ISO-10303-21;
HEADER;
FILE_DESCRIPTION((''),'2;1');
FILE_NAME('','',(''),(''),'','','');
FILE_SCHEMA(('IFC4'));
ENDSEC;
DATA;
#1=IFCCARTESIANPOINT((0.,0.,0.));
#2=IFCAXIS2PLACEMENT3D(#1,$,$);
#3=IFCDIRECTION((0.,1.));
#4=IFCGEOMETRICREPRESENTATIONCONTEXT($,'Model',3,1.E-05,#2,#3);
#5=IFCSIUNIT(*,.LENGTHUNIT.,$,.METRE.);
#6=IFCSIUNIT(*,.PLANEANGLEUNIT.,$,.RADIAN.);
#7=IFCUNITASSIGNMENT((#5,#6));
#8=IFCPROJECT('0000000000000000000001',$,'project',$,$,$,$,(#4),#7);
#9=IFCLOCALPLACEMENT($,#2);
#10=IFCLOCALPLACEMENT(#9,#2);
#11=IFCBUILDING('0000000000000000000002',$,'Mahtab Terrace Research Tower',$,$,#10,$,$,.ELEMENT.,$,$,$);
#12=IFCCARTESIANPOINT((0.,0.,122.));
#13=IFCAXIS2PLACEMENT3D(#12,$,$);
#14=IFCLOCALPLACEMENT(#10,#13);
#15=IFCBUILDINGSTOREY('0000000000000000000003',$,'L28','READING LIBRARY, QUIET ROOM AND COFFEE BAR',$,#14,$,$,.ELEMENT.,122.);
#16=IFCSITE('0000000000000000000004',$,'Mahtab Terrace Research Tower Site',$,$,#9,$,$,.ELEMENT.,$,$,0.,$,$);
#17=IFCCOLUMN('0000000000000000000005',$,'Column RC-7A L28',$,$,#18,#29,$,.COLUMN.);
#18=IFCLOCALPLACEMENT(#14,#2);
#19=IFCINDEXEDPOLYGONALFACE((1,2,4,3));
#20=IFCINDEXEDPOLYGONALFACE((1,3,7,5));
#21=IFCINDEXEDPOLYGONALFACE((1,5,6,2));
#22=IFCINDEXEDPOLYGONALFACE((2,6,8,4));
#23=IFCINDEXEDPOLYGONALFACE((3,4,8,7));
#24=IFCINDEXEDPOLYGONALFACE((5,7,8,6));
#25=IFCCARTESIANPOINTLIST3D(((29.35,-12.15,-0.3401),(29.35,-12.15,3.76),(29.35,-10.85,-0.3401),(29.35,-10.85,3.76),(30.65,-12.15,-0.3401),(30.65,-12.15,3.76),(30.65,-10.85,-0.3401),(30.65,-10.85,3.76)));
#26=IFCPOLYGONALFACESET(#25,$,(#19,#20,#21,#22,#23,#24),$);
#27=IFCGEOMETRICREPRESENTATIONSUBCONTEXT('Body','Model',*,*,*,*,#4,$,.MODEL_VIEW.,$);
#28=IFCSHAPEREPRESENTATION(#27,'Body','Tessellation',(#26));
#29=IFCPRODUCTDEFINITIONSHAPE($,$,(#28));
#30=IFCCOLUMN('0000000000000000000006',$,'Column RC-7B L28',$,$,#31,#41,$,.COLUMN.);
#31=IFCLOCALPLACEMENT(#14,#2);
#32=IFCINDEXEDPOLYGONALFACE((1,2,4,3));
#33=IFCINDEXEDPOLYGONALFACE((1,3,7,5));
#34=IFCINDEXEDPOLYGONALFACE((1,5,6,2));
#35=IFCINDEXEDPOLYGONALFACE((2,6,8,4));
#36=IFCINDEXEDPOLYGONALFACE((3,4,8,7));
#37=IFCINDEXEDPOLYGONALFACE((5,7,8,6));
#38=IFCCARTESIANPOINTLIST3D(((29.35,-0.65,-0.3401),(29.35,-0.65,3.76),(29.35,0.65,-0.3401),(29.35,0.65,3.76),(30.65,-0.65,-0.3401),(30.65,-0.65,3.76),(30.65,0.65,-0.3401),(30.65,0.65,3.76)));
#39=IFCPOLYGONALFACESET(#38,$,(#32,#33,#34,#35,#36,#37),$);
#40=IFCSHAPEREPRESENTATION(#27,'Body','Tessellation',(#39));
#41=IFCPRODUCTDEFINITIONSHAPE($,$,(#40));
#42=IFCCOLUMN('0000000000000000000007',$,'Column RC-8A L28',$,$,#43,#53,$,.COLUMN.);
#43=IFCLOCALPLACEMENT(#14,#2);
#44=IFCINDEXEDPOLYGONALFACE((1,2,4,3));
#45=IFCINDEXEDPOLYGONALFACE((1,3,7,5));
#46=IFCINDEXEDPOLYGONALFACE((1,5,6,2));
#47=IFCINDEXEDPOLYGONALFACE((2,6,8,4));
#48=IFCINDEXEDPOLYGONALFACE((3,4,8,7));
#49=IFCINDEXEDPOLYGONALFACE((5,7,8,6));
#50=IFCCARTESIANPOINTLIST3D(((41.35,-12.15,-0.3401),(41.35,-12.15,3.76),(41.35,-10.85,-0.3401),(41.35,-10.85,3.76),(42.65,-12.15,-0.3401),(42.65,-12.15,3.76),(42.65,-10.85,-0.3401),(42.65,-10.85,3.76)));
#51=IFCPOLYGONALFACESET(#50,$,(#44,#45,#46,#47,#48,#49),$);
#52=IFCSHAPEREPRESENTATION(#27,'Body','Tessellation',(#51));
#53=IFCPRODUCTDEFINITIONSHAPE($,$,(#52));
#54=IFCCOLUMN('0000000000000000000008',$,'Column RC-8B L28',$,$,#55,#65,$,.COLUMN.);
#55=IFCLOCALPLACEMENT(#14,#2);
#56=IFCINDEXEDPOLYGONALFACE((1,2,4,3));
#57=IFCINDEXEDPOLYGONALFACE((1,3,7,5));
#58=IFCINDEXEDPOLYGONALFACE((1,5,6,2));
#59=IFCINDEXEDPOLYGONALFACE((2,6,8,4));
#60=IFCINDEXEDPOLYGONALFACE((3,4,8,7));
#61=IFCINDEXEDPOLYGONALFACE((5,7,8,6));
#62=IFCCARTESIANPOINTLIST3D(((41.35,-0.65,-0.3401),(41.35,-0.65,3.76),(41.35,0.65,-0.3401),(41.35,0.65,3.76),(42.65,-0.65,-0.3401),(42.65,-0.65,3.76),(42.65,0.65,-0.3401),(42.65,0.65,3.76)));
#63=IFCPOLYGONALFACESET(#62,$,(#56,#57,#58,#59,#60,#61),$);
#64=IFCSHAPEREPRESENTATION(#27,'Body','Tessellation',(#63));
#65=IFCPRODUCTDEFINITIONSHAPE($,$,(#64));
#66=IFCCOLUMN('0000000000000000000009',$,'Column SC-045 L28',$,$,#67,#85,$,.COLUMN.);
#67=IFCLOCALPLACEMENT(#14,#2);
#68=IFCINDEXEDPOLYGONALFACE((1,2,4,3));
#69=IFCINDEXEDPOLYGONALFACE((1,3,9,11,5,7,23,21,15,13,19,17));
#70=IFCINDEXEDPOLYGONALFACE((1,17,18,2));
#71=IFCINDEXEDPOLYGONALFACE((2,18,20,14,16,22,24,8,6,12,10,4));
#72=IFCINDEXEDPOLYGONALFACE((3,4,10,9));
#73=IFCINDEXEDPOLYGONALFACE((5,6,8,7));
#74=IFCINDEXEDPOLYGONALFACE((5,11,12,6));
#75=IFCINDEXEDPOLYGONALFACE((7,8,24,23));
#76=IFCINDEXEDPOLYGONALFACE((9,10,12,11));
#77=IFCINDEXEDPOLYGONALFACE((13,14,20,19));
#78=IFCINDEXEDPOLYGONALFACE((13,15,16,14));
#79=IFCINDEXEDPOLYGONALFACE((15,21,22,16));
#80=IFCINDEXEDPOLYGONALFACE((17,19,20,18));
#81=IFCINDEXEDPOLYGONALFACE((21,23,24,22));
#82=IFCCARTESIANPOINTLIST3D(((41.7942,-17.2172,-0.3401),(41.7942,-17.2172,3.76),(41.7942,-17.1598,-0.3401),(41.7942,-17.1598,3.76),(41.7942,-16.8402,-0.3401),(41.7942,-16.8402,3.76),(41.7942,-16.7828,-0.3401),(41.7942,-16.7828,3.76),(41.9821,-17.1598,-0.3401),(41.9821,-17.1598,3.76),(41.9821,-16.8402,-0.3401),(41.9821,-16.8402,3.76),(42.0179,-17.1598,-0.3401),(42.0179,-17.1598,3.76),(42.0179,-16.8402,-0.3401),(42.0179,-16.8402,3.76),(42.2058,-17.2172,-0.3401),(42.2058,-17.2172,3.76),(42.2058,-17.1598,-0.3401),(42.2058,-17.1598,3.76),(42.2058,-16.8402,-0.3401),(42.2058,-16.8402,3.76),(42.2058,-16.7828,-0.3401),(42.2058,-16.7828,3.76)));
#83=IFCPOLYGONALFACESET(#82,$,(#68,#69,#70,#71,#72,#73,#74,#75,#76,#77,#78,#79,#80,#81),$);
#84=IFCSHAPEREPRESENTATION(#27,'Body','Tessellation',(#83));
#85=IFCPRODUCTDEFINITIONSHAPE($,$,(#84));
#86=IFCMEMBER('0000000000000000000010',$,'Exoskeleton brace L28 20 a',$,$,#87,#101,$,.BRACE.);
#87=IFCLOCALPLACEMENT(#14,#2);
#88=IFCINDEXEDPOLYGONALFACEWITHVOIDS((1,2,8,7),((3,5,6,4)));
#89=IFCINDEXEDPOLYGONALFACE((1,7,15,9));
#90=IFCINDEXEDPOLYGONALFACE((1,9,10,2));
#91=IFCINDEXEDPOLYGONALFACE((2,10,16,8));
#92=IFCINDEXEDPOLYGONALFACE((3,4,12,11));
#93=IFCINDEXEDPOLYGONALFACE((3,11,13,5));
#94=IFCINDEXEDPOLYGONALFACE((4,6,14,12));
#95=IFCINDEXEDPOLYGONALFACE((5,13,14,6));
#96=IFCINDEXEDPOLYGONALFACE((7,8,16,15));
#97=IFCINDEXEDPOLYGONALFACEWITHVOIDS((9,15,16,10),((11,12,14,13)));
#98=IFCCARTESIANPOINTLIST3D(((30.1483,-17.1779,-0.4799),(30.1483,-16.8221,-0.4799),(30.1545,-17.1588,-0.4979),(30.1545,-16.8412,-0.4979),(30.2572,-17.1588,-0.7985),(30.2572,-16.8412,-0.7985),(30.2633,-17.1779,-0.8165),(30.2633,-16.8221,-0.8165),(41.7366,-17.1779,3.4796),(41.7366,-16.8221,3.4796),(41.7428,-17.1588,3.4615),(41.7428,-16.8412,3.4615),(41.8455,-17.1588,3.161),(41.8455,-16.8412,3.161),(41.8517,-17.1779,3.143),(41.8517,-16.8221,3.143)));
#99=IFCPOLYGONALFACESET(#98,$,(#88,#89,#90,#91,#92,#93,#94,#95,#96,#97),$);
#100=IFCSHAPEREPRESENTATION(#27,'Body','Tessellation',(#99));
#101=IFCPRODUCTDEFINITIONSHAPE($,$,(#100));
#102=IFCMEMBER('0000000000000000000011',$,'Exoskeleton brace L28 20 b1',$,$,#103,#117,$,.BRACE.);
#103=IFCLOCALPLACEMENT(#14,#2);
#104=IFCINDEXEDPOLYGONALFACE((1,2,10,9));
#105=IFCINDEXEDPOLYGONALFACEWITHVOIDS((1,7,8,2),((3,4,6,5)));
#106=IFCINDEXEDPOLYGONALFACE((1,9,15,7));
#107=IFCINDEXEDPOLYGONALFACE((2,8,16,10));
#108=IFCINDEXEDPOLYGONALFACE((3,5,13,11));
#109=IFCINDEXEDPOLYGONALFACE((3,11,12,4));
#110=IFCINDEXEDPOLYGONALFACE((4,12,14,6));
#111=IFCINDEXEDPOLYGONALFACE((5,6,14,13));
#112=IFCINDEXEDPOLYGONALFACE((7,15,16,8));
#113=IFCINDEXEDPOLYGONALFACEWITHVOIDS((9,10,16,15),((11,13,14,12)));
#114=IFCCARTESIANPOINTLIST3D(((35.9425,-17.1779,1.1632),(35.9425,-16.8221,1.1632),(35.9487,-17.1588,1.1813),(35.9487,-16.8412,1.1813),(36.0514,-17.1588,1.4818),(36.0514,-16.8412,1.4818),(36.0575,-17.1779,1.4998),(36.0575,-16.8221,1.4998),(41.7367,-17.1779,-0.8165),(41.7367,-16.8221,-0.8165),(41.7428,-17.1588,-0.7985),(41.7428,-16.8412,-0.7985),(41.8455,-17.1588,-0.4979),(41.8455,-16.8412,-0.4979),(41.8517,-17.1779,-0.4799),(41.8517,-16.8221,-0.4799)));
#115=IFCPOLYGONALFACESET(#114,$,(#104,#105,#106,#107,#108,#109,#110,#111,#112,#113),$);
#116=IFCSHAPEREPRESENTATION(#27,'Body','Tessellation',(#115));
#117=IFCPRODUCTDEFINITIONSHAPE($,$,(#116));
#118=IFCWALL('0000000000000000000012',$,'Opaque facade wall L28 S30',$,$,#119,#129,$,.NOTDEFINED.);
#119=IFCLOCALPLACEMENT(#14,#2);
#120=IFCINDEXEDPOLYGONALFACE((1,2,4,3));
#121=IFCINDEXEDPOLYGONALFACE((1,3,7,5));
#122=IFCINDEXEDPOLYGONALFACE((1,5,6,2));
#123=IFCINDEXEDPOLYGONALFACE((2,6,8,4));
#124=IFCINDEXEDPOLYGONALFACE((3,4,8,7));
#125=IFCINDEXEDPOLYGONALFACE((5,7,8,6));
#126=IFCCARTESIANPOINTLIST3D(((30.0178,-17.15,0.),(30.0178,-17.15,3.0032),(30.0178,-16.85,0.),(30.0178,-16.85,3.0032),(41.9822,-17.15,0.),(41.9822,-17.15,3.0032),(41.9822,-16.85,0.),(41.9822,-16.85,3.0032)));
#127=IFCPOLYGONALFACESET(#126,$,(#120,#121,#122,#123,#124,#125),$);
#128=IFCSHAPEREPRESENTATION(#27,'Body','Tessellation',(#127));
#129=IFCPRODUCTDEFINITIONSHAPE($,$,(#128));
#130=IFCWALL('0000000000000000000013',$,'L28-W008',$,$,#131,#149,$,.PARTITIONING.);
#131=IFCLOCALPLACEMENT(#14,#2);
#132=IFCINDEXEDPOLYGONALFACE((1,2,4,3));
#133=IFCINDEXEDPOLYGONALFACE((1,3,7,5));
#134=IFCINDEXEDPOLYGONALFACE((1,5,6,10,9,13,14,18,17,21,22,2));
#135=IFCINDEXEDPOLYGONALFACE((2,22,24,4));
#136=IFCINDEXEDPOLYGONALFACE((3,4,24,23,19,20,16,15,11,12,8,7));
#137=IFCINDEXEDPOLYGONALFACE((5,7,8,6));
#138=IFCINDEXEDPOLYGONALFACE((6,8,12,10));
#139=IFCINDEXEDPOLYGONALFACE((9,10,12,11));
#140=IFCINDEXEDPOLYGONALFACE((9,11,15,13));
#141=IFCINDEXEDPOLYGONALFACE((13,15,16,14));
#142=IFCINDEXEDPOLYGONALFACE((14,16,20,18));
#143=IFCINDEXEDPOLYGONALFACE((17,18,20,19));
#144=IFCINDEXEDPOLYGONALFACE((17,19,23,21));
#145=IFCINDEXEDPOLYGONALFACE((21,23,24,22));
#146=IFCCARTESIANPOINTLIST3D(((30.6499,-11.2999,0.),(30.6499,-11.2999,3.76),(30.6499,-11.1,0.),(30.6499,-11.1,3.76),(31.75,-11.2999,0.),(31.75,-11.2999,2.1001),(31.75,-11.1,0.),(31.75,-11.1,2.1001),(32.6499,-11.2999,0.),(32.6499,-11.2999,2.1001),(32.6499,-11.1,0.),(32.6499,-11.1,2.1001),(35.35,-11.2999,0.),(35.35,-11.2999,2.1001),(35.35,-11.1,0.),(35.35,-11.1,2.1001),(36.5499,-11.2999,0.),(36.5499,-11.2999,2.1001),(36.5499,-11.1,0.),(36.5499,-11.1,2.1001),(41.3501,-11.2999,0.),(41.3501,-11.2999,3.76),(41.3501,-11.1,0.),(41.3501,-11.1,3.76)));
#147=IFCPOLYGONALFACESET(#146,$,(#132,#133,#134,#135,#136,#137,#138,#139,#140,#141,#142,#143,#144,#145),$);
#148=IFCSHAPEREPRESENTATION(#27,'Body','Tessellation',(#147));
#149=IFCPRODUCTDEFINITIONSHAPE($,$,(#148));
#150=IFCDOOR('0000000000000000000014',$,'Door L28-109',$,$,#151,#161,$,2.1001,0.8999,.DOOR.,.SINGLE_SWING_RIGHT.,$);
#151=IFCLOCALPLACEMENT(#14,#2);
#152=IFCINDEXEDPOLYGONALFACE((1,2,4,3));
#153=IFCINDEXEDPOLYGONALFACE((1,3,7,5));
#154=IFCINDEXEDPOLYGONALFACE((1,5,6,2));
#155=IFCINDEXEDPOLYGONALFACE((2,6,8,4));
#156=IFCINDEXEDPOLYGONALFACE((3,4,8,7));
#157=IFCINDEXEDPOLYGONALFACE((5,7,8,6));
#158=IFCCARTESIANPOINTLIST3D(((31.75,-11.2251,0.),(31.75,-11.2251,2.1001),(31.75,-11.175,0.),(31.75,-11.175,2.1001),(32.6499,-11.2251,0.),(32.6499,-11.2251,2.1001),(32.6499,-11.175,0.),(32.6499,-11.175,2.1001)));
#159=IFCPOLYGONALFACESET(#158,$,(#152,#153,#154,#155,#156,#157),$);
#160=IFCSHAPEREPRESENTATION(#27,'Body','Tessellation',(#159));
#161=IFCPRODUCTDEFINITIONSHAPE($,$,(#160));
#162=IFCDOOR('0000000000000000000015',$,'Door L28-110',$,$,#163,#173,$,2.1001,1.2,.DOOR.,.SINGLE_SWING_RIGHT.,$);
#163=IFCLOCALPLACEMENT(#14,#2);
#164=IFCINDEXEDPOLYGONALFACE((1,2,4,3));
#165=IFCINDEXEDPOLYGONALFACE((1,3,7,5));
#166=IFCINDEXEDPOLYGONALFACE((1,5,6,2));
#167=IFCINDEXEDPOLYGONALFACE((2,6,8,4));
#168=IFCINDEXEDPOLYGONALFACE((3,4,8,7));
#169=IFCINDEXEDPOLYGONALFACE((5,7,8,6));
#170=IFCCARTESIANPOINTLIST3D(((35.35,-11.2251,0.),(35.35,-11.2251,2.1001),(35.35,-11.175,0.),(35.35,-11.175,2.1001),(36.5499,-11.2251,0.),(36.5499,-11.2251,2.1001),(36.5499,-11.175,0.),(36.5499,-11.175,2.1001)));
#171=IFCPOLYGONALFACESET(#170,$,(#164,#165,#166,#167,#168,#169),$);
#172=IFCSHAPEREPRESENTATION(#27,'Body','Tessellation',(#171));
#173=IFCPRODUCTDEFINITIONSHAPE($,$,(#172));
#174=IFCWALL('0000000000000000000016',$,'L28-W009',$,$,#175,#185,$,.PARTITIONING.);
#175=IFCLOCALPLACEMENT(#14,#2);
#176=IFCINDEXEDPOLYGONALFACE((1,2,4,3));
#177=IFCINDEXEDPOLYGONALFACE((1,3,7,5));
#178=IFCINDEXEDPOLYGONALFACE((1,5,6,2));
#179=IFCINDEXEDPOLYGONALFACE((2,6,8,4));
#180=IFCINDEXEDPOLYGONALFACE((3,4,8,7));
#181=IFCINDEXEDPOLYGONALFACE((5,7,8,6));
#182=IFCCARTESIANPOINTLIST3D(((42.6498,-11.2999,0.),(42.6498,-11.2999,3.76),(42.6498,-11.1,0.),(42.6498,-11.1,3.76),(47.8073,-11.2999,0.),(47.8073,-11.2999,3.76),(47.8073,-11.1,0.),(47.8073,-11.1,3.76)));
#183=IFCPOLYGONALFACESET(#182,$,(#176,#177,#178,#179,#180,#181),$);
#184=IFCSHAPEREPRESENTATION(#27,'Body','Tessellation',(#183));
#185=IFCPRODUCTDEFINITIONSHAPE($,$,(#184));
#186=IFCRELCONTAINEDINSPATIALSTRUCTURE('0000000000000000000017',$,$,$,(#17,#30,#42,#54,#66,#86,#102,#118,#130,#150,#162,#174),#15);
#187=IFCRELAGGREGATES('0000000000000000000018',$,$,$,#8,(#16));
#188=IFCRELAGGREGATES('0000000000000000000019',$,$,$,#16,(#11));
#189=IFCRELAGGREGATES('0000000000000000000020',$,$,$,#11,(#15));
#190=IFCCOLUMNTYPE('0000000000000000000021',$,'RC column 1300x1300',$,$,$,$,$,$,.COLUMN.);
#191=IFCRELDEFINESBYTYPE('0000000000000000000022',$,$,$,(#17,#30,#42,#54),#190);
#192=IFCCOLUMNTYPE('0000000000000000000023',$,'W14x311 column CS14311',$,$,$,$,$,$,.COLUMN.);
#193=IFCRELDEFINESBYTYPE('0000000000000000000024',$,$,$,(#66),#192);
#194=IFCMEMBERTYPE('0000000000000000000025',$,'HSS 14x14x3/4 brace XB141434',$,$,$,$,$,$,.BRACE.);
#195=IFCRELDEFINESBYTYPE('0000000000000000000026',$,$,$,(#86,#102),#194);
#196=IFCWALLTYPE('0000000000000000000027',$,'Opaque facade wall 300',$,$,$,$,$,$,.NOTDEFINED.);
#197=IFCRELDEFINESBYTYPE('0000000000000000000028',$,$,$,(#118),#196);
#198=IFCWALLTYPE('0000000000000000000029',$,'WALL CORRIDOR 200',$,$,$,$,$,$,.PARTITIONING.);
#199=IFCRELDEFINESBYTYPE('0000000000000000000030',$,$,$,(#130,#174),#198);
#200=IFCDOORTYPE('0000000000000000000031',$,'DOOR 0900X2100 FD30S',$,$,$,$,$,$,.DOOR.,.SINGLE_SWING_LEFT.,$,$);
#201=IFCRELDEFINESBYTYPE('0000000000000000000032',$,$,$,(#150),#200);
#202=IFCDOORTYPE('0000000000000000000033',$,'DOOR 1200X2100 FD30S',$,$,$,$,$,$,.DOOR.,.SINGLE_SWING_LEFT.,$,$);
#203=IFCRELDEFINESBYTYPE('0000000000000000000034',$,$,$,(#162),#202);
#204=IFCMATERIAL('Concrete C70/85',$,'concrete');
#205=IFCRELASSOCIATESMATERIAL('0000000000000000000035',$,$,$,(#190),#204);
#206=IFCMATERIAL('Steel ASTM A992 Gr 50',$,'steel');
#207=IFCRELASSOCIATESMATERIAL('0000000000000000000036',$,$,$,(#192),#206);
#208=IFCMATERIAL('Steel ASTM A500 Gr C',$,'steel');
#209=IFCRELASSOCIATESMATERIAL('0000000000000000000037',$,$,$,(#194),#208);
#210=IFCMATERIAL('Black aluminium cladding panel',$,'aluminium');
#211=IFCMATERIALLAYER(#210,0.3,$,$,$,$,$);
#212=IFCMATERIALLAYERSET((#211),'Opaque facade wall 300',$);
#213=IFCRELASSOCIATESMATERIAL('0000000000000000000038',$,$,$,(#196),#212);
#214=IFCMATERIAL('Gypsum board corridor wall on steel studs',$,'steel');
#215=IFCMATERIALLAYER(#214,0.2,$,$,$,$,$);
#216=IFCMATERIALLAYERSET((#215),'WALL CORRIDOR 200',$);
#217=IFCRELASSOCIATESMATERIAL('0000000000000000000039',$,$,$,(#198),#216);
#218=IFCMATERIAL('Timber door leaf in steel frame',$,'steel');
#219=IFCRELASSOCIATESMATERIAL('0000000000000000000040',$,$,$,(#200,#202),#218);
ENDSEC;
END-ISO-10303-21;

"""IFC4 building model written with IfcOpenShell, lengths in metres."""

from ifc_helpers import new_model, si_unit, direction, frame, frame_2d, origin, origin_2d, place, context, subcontext, project, spatial, rectangle, hollow_rectangle, i_section, extrude, material, layer, layer_set, material_profile, profile_set, type_object, element, fill, save


model = new_model("IFC4")

# Units and contexts
model_context = context("Model", 3, precision=1e-05, world=origin(), true_north=direction((0.0, 1.0)))
body_context = subcontext(model_context, "Body", "Model", "MODEL_VIEW")
ifc_project = project(units=[si_unit("LENGTHUNIT", "METRE"), si_unit("PLANEANGLEUNIT", "RADIAN")], contexts=[model_context])

# Site, building, storey
site_placement = place(None, origin())
site = spatial("IfcSite", under=ifc_project, at=site_placement, Name="Mahtab Terrace Research Tower Site", CompositionType="ELEMENT", RefElevation=0.0)
building_placement = place(site_placement, origin())
building = spatial("IfcBuilding", under=site, at=building_placement, Name="Mahtab Terrace Research Tower", CompositionType="ELEMENT")
storey_placement = place(building_placement, frame((0.0, 0.0, 122.0)))
storey = spatial("IfcBuildingStorey", under=building, at=storey_placement, Name="L28", Description="READING LIBRARY, QUIET ROOM AND COFFEE BAR", CompositionType="ELEMENT", Elevation=122.0)

# Columns
ifc_material_1 = material(Name="Concrete C70/85", Category="concrete")
ifc_material_profile_1 = material_profile(ifc_material_1, rectangle(XDim=1.3, YDim=1.3, at=origin_2d()), Name="RC column 1300x1300")
ifc_profile_set_1 = profile_set([ifc_material_profile_1], Name="Concrete C70/85")
column_type_1 = type_object("IfcColumnType", Name="RC column 1300x1300", PredefinedType="COLUMN", material=ifc_profile_set_1)
for number, where, z_axis, x_axis, name in (
    (1, (30.0, -11.5, -0.3401), (0.0, 0.0, 1.0), (1.0, 0.0, 0.0), "Column RC-7A L28"),
    (2, (30.0, 0.0, -0.3401), (0.0, 0.0, 1.0), (1.0, 0.0, 0.0), "Column RC-7B L28"),
    (3, (42.0, -11.5, -0.3401), (0.0, 0.0, 1.0), (1.0, 0.0, 0.0), "Column RC-8A L28"),
    (4, (42.0, 0.0, -0.3401), (0.0, 0.0, 1.0), (1.0, 0.0, 0.0), "Column RC-8B L28"),
):
    element("IfcColumn", number, at=place(storey_placement, frame(where, z_axis=z_axis, x_axis=x_axis)), inside=storey, type_object=column_type_1, Name=name, PredefinedType="COLUMN", context=body_context, shape_type="SweptSolid", body=[
        extrude(rectangle(XDim=1.3, YDim=1.3, at=origin_2d()), origin(), (0.0, 0.0, 1.0), 4.1001),
    ])
ifc_material_2 = material(Name="Steel ASTM A992 Gr 50", Category="steel")
ifc_material_profile_2 = material_profile(ifc_material_2, i_section(OverallWidth=0.4116, OverallDepth=0.4343, WebThickness=0.0359, FlangeThickness=0.0574, at=origin_2d()), Name="W14X311")
ifc_profile_set_2 = profile_set([ifc_material_profile_2], Name="Steel ASTM A992 Gr 50")
column_type_2 = type_object("IfcColumnType", Name="W14x311 column CS14311", PredefinedType="COLUMN", material=ifc_profile_set_2)
column_placement = place(storey_placement, frame((42.0, -17.0, -0.3401), z_axis=(0.0, 0.0, 1.0), x_axis=(1.0, 0.0, 0.0)))
element("IfcColumn", 5, at=column_placement, inside=storey, type_object=column_type_2, Name="Column SC-045 L28", PredefinedType="COLUMN", context=body_context, shape_type="SweptSolid", body=[
    extrude(i_section(OverallWidth=0.4116, OverallDepth=0.4343, WebThickness=0.0359, FlangeThickness=0.0574, at=origin_2d()), origin(), (0.0, 0.0, 1.0), 4.1001),
])

# Members
ifc_material_3 = material(Name="Steel ASTM A500 Gr C", Category="steel")
ifc_material_profile_3 = material_profile(ifc_material_3, hollow_rectangle(XDim=0.3557, YDim=0.3557, WallThickness=0.019, at=origin_2d()), Name="HSS14X14X3/4")
ifc_profile_set_3 = profile_set([ifc_material_profile_3], Name="Steel ASTM A500 Gr C")
member_type = type_object("IfcMemberType", Name="HSS 14x14x3/4 brace XB141434", PredefinedType="BRACE", material=ifc_profile_set_3)
member_1_placement = place(storey_placement, frame((30.2058, -17.0, -0.6482), z_axis=(0.946288, 0.0, 0.323324), x_axis=(0.0, 1.0, 0.0)))
element("IfcMember", 6, at=member_1_placement, inside=storey, type_object=member_type, Name="Exoskeleton brace L28 20 a", PredefinedType="BRACE", context=body_context, shape_type="SweptSolid", body=[
    extrude(hollow_rectangle(XDim=0.3557, YDim=0.3557, WallThickness=0.019, at=origin_2d()), origin(), (0.0, 0.0, 1.0), 12.2461),
])
member_2_placement = place(storey_placement, frame((41.7942, -17.0, -0.6482), z_axis=(-0.946288, 0.0, 0.323324), x_axis=(0.0, -1.0, 0.0)))
element("IfcMember", 7, at=member_2_placement, inside=storey, type_object=member_type, Name="Exoskeleton brace L28 20 b1", PredefinedType="BRACE", context=body_context, shape_type="SweptSolid", body=[
    extrude(hollow_rectangle(XDim=0.3557, YDim=0.3557, WallThickness=0.019, at=origin_2d()), origin(), (0.0, 0.0, 1.0), 6.123),
])

# Wall
ifc_material_4 = material(Name="Black aluminium cladding panel", Category="aluminium")
ifc_layer_1 = layer(ifc_material_4, 0.3)
ifc_layer_set_1 = layer_set([ifc_layer_1], Name="Opaque facade wall 300")
wall_type_1 = type_object("IfcWallType", Name="Opaque facade wall 300", PredefinedType="NOTDEFINED", material=ifc_layer_set_1)
wall_1_placement = place(storey_placement, frame((30.0178, -17.0, 0.0), z_axis=(0.0, 0.0, 1.0), x_axis=(1.0, 0.0, 0.0)))
element("IfcWall", 8, at=wall_1_placement, inside=storey, type_object=wall_type_1, Name="Opaque facade wall L28 S30", PredefinedType="NOTDEFINED", context=body_context, shape_type="SweptSolid", body=[
    extrude(rectangle(XDim=11.9644, YDim=0.3, at=frame_2d((5.9822, 0.0))), origin(), (0.0, 0.0, 1.0), 3.0032),
])

# Wall, openings, doors
ifc_material_5 = material(Name="Gypsum board corridor wall on steel studs", Category="steel")
ifc_layer_2 = layer(ifc_material_5, 0.2)
ifc_layer_set_2 = layer_set([ifc_layer_2], Name="WALL CORRIDOR 200")
wall_type_2 = type_object("IfcWallType", Name="WALL CORRIDOR 200", PredefinedType="PARTITIONING", material=ifc_layer_set_2)
wall_2_placement = place(storey_placement, frame((30.6499, -11.2, 0.0), z_axis=(0.0, 0.0, 1.0), x_axis=(1.0, 0.0, 0.0)))
wall_2 = element("IfcWall", 9, at=wall_2_placement, inside=storey, type_object=wall_type_2, Name="L28-W008", PredefinedType="PARTITIONING", context=body_context, shape_type="SweptSolid", body=[
    extrude(rectangle(XDim=10.7002, YDim=0.2, at=frame_2d((5.3501, 0.0))), origin(), (0.0, 0.0, 1.0), 3.76),
])
opening_1_placement = place(wall_2_placement, frame((1.1001, 0.0, 0.0)))
opening_1 = element("IfcOpeningElement", 10, at=opening_1_placement, cuts=wall_2, PredefinedType="OPENING", context=body_context, shape_type="SweptSolid", body=[
    extrude(rectangle(XDim=0.8999, YDim=2.1001, at=frame_2d((0.45, 1.05))), frame((0.0, 0.1099, 0.0), z_axis=(0.0, -1.0, 0.0), x_axis=(1.0, 0.0, 0.0)), (0.0, 0.0, 1.0), 0.22),
])
opening_2_placement = place(wall_2_placement, frame((4.7, 0.0, 0.0)))
opening_2 = element("IfcOpeningElement", 11, at=opening_2_placement, cuts=wall_2, PredefinedType="OPENING", context=body_context, shape_type="SweptSolid", body=[
    extrude(rectangle(XDim=1.2, YDim=2.1001, at=frame_2d((0.6001, 1.05))), frame((0.0, 0.1099, 0.0), z_axis=(0.0, -1.0, 0.0), x_axis=(1.0, 0.0, 0.0)), (0.0, 0.0, 1.0), 0.22),
])
ifc_material_6 = material(Name="Timber door leaf in steel frame", Category="steel")
door_type_1 = type_object("IfcDoorType", Name="DOOR 0900X2100 FD30S", OperationType="SINGLE_SWING_LEFT", PredefinedType="DOOR", material=ifc_material_6)
door_1_placement = place(opening_1_placement, origin())
door_1 = element("IfcDoor", 12, at=door_1_placement, inside=storey, type_object=door_type_1, Name="Door L28-109", OperationType="SINGLE_SWING_RIGHT", OverallHeight=2.1001, OverallWidth=0.8999, PredefinedType="DOOR", context=body_context, shape_type="SweptSolid", body=[
    extrude(rectangle(XDim=0.8999, YDim=2.1001, at=frame_2d((0.45, 1.05))), frame((0.0, 0.0249, 0.0), z_axis=(0.0, -1.0, 0.0), x_axis=(1.0, 0.0, 0.0)), (0.0, 0.0, 1.0), 0.05),
])
fill(opening_1, door_1)
door_type_2 = type_object("IfcDoorType", Name="DOOR 1200X2100 FD30S", OperationType="SINGLE_SWING_LEFT", PredefinedType="DOOR", material=ifc_material_6)
door_2_placement = place(opening_2_placement, origin())
door_2 = element("IfcDoor", 13, at=door_2_placement, inside=storey, type_object=door_type_2, Name="Door L28-110", OperationType="SINGLE_SWING_RIGHT", OverallHeight=2.1001, OverallWidth=1.2, PredefinedType="DOOR", context=body_context, shape_type="SweptSolid", body=[
    extrude(rectangle(XDim=1.2, YDim=2.1001, at=frame_2d((0.6001, 1.05))), frame((0.0, 0.0249, 0.0), z_axis=(0.0, -1.0, 0.0), x_axis=(1.0, 0.0, 0.0)), (0.0, 0.0, 1.0), 0.05),
])
fill(opening_2, door_2)

# Wall
wall_3_placement = place(storey_placement, frame((42.6499, -11.2, 0.0), z_axis=(0.0, 0.0, 1.0), x_axis=(1.0, 0.0, 0.0)))
element("IfcWall", 14, at=wall_3_placement, inside=storey, type_object=wall_type_2, Name="L28-W009", PredefinedType="PARTITIONING", context=body_context, shape_type="SweptSolid", body=[
    extrude(rectangle(XDim=5.1575, YDim=0.2, at=frame_2d((2.5786, 0.0))), origin(), (0.0, 0.0, 1.0), 3.76),
])

save(model, "model.ifc")
